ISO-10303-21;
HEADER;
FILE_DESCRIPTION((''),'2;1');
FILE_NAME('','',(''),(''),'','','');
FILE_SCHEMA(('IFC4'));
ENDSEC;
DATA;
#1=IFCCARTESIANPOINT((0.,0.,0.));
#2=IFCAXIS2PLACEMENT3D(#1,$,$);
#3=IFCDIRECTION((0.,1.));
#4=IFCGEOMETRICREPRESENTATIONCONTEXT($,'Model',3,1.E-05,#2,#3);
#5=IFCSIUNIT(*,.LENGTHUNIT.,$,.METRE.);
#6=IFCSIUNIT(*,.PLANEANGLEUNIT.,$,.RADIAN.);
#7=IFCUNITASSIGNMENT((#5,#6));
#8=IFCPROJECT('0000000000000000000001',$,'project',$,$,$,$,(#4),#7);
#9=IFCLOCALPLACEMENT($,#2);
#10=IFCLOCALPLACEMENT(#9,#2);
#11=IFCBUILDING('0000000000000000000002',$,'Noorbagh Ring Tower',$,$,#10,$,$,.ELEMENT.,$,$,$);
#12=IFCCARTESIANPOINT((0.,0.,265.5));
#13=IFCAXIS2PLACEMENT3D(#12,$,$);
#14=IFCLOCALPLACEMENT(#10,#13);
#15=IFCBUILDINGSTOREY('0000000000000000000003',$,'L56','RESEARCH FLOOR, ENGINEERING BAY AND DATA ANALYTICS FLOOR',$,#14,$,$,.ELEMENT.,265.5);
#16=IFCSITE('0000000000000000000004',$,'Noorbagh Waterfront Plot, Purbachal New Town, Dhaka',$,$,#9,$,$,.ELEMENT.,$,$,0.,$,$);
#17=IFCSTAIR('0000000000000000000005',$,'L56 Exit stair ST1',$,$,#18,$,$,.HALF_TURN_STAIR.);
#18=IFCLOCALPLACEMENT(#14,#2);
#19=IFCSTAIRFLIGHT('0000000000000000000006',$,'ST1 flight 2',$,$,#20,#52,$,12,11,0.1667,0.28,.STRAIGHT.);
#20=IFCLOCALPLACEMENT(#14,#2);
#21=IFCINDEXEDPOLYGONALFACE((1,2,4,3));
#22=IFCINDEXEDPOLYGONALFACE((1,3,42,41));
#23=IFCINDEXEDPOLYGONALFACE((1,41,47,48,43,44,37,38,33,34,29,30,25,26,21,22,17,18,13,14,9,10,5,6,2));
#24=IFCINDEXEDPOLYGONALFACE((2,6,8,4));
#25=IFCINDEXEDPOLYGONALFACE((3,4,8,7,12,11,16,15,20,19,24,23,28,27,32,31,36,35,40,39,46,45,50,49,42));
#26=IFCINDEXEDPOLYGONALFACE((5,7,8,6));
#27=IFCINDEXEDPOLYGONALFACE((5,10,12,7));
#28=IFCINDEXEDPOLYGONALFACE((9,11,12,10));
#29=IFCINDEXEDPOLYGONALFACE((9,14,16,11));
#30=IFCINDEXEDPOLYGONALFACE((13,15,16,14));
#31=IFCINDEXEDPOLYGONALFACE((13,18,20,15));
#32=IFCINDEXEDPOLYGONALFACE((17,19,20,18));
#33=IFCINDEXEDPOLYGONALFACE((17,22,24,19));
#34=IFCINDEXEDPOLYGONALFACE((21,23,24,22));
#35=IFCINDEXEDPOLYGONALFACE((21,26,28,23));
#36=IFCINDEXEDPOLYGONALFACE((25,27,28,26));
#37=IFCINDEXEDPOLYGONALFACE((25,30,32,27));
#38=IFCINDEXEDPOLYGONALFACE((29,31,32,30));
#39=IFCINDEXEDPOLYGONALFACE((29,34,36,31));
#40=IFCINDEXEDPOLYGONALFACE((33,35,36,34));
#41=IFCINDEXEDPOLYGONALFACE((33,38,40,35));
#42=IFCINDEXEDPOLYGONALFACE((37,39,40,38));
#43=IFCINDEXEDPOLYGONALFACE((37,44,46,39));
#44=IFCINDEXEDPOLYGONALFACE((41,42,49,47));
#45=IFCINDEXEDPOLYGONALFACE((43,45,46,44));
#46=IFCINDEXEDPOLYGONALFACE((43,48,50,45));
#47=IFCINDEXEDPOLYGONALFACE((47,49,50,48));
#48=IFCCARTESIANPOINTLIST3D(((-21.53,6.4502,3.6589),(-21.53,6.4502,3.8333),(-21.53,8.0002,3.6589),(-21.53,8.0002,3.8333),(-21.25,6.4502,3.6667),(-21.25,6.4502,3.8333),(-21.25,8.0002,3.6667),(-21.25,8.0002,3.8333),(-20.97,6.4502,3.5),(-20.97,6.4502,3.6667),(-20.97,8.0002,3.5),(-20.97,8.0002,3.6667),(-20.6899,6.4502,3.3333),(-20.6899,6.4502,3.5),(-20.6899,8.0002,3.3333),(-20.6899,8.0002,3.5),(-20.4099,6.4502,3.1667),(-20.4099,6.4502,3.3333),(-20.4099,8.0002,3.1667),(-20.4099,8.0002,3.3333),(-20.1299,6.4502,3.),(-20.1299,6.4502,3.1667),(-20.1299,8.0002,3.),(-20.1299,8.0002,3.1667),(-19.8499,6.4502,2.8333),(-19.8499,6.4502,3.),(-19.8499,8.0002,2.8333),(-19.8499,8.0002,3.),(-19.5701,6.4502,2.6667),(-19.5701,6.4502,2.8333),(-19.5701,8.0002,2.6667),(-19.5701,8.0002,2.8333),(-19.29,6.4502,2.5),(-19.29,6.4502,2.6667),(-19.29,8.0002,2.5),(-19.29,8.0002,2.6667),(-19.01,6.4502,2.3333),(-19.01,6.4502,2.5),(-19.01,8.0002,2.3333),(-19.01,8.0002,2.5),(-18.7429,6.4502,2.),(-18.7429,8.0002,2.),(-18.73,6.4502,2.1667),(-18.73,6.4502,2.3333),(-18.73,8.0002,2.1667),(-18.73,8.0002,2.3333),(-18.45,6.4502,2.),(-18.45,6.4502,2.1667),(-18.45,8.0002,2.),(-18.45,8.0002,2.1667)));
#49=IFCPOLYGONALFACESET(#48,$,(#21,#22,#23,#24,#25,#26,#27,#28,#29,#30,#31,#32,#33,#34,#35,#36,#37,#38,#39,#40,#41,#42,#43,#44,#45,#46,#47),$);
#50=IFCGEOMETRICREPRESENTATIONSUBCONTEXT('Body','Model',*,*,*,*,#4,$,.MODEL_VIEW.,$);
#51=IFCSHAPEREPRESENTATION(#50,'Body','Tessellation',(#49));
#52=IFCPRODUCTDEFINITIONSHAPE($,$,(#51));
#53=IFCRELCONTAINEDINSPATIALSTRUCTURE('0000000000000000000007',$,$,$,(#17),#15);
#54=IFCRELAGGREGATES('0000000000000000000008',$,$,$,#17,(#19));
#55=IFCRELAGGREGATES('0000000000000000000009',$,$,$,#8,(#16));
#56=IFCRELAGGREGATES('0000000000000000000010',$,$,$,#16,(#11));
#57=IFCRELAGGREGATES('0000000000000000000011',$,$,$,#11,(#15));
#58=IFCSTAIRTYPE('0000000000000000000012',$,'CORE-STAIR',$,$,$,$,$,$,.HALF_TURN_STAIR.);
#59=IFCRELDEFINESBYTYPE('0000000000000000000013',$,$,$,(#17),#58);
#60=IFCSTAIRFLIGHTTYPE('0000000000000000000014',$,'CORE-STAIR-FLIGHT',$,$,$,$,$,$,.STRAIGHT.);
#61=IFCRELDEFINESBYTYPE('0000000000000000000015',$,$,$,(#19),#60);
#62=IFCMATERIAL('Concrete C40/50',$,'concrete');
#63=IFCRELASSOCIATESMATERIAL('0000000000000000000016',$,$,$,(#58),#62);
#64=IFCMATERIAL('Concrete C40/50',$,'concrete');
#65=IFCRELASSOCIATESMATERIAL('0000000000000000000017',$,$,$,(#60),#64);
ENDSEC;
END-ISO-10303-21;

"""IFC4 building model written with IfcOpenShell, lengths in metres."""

from ifc_helpers import new_model, si_unit, direction, frame, origin, place, context, subcontext, project, spatial, polyline, outline, extrude, material, type_object, element, aggregate, save


model = new_model("IFC4")

# Units and contexts
model_context = context("Model", 3, precision=1e-05, world=origin(), true_north=direction((0.0, 1.0)))
body_context = subcontext(model_context, "Body", "Model", "MODEL_VIEW")
ifc_project = project(units=[si_unit("LENGTHUNIT", "METRE"), si_unit("PLANEANGLEUNIT", "RADIAN")], contexts=[model_context])

# Site, building, storey
site_placement = place(None, origin())
site = spatial("IfcSite", under=ifc_project, at=site_placement, Name="Noorbagh Waterfront Plot, Purbachal New Town, Dhaka", CompositionType="ELEMENT", RefElevation=0.0)
building_placement = place(site_placement, origin())
building = spatial("IfcBuilding", under=site, at=building_placement, Name="Noorbagh Ring Tower", CompositionType="ELEMENT")
storey_placement = place(building_placement, frame((0.0, 0.0, 265.5)))
storey = spatial("IfcBuildingStorey", under=building, at=storey_placement, Name="L56", Description="RESEARCH FLOOR, ENGINEERING BAY AND DATA ANALYTICS FLOOR", CompositionType="ELEMENT", Elevation=265.5)

# Stair, stair flight
ifc_material_1 = material(Name="Concrete C40/50", Category="concrete")
stair_type = type_object("IfcStairType", Name="CORE-STAIR", PredefinedType="HALF_TURN_STAIR", material=ifc_material_1)
stair_placement = place(storey_placement, origin())
stair = element("IfcStair", 1, at=stair_placement, inside=storey, type_object=stair_type, Name="L56 Exit stair ST1", PredefinedType="HALF_TURN_STAIR")
ifc_material_2 = material(Name="Concrete C40/50", Category="concrete")
stair_flight_type = type_object("IfcStairFlightType", Name="CORE-STAIR-FLIGHT", PredefinedType="STRAIGHT", material=ifc_material_2)
stair_flight_placement = place(storey_placement, frame((-18.45, 7.2251, 2.0), z_axis=(0.0, 0.0, 1.0), x_axis=(-1.0, 0.0, 0.0)))
stair_flight = element("IfcStairFlight", 2, at=stair_flight_placement, type_object=stair_flight_type, Name="ST1 flight 2", NumberOfRisers=12, NumberOfTreads=11, PredefinedType="STRAIGHT", RiserHeight=0.1667, TreadLength=0.28, context=body_context, shape_type="SweptSolid", body=[
    extrude(outline(polyline([(0.0, 0.0), (0.0, 0.1667), (0.28, 0.1667), (0.28, 0.3333), (0.5601, 0.3333), (0.5601, 0.5), (0.8401, 0.5), (0.8401, 0.6667), (1.1201, 0.6667), (1.1201, 0.8333), (1.3999, 0.8333), (1.3999, 1.0), (1.6799, 1.0), (1.6799, 1.1667), (1.96, 1.1667), (1.96, 1.3333), (2.24, 1.3333), (2.24, 1.5), (2.52, 1.5), (2.52, 1.6667), (2.8, 1.6667), (2.8, 1.8333), (3.0801, 1.8333), (3.0801, 2.0), (3.0801, 1.6589), (0.293, 0.0), (0.0, 0.0)])), frame((0.0, 0.7749, 0.0), z_axis=(0.0, -1.0, 0.0), x_axis=(1.0, 0.0, 0.0)), (0.0, 0.0, 1.0), 1.55),
])
aggregate(stair, [stair_flight])

save(model, "model.ifc")
